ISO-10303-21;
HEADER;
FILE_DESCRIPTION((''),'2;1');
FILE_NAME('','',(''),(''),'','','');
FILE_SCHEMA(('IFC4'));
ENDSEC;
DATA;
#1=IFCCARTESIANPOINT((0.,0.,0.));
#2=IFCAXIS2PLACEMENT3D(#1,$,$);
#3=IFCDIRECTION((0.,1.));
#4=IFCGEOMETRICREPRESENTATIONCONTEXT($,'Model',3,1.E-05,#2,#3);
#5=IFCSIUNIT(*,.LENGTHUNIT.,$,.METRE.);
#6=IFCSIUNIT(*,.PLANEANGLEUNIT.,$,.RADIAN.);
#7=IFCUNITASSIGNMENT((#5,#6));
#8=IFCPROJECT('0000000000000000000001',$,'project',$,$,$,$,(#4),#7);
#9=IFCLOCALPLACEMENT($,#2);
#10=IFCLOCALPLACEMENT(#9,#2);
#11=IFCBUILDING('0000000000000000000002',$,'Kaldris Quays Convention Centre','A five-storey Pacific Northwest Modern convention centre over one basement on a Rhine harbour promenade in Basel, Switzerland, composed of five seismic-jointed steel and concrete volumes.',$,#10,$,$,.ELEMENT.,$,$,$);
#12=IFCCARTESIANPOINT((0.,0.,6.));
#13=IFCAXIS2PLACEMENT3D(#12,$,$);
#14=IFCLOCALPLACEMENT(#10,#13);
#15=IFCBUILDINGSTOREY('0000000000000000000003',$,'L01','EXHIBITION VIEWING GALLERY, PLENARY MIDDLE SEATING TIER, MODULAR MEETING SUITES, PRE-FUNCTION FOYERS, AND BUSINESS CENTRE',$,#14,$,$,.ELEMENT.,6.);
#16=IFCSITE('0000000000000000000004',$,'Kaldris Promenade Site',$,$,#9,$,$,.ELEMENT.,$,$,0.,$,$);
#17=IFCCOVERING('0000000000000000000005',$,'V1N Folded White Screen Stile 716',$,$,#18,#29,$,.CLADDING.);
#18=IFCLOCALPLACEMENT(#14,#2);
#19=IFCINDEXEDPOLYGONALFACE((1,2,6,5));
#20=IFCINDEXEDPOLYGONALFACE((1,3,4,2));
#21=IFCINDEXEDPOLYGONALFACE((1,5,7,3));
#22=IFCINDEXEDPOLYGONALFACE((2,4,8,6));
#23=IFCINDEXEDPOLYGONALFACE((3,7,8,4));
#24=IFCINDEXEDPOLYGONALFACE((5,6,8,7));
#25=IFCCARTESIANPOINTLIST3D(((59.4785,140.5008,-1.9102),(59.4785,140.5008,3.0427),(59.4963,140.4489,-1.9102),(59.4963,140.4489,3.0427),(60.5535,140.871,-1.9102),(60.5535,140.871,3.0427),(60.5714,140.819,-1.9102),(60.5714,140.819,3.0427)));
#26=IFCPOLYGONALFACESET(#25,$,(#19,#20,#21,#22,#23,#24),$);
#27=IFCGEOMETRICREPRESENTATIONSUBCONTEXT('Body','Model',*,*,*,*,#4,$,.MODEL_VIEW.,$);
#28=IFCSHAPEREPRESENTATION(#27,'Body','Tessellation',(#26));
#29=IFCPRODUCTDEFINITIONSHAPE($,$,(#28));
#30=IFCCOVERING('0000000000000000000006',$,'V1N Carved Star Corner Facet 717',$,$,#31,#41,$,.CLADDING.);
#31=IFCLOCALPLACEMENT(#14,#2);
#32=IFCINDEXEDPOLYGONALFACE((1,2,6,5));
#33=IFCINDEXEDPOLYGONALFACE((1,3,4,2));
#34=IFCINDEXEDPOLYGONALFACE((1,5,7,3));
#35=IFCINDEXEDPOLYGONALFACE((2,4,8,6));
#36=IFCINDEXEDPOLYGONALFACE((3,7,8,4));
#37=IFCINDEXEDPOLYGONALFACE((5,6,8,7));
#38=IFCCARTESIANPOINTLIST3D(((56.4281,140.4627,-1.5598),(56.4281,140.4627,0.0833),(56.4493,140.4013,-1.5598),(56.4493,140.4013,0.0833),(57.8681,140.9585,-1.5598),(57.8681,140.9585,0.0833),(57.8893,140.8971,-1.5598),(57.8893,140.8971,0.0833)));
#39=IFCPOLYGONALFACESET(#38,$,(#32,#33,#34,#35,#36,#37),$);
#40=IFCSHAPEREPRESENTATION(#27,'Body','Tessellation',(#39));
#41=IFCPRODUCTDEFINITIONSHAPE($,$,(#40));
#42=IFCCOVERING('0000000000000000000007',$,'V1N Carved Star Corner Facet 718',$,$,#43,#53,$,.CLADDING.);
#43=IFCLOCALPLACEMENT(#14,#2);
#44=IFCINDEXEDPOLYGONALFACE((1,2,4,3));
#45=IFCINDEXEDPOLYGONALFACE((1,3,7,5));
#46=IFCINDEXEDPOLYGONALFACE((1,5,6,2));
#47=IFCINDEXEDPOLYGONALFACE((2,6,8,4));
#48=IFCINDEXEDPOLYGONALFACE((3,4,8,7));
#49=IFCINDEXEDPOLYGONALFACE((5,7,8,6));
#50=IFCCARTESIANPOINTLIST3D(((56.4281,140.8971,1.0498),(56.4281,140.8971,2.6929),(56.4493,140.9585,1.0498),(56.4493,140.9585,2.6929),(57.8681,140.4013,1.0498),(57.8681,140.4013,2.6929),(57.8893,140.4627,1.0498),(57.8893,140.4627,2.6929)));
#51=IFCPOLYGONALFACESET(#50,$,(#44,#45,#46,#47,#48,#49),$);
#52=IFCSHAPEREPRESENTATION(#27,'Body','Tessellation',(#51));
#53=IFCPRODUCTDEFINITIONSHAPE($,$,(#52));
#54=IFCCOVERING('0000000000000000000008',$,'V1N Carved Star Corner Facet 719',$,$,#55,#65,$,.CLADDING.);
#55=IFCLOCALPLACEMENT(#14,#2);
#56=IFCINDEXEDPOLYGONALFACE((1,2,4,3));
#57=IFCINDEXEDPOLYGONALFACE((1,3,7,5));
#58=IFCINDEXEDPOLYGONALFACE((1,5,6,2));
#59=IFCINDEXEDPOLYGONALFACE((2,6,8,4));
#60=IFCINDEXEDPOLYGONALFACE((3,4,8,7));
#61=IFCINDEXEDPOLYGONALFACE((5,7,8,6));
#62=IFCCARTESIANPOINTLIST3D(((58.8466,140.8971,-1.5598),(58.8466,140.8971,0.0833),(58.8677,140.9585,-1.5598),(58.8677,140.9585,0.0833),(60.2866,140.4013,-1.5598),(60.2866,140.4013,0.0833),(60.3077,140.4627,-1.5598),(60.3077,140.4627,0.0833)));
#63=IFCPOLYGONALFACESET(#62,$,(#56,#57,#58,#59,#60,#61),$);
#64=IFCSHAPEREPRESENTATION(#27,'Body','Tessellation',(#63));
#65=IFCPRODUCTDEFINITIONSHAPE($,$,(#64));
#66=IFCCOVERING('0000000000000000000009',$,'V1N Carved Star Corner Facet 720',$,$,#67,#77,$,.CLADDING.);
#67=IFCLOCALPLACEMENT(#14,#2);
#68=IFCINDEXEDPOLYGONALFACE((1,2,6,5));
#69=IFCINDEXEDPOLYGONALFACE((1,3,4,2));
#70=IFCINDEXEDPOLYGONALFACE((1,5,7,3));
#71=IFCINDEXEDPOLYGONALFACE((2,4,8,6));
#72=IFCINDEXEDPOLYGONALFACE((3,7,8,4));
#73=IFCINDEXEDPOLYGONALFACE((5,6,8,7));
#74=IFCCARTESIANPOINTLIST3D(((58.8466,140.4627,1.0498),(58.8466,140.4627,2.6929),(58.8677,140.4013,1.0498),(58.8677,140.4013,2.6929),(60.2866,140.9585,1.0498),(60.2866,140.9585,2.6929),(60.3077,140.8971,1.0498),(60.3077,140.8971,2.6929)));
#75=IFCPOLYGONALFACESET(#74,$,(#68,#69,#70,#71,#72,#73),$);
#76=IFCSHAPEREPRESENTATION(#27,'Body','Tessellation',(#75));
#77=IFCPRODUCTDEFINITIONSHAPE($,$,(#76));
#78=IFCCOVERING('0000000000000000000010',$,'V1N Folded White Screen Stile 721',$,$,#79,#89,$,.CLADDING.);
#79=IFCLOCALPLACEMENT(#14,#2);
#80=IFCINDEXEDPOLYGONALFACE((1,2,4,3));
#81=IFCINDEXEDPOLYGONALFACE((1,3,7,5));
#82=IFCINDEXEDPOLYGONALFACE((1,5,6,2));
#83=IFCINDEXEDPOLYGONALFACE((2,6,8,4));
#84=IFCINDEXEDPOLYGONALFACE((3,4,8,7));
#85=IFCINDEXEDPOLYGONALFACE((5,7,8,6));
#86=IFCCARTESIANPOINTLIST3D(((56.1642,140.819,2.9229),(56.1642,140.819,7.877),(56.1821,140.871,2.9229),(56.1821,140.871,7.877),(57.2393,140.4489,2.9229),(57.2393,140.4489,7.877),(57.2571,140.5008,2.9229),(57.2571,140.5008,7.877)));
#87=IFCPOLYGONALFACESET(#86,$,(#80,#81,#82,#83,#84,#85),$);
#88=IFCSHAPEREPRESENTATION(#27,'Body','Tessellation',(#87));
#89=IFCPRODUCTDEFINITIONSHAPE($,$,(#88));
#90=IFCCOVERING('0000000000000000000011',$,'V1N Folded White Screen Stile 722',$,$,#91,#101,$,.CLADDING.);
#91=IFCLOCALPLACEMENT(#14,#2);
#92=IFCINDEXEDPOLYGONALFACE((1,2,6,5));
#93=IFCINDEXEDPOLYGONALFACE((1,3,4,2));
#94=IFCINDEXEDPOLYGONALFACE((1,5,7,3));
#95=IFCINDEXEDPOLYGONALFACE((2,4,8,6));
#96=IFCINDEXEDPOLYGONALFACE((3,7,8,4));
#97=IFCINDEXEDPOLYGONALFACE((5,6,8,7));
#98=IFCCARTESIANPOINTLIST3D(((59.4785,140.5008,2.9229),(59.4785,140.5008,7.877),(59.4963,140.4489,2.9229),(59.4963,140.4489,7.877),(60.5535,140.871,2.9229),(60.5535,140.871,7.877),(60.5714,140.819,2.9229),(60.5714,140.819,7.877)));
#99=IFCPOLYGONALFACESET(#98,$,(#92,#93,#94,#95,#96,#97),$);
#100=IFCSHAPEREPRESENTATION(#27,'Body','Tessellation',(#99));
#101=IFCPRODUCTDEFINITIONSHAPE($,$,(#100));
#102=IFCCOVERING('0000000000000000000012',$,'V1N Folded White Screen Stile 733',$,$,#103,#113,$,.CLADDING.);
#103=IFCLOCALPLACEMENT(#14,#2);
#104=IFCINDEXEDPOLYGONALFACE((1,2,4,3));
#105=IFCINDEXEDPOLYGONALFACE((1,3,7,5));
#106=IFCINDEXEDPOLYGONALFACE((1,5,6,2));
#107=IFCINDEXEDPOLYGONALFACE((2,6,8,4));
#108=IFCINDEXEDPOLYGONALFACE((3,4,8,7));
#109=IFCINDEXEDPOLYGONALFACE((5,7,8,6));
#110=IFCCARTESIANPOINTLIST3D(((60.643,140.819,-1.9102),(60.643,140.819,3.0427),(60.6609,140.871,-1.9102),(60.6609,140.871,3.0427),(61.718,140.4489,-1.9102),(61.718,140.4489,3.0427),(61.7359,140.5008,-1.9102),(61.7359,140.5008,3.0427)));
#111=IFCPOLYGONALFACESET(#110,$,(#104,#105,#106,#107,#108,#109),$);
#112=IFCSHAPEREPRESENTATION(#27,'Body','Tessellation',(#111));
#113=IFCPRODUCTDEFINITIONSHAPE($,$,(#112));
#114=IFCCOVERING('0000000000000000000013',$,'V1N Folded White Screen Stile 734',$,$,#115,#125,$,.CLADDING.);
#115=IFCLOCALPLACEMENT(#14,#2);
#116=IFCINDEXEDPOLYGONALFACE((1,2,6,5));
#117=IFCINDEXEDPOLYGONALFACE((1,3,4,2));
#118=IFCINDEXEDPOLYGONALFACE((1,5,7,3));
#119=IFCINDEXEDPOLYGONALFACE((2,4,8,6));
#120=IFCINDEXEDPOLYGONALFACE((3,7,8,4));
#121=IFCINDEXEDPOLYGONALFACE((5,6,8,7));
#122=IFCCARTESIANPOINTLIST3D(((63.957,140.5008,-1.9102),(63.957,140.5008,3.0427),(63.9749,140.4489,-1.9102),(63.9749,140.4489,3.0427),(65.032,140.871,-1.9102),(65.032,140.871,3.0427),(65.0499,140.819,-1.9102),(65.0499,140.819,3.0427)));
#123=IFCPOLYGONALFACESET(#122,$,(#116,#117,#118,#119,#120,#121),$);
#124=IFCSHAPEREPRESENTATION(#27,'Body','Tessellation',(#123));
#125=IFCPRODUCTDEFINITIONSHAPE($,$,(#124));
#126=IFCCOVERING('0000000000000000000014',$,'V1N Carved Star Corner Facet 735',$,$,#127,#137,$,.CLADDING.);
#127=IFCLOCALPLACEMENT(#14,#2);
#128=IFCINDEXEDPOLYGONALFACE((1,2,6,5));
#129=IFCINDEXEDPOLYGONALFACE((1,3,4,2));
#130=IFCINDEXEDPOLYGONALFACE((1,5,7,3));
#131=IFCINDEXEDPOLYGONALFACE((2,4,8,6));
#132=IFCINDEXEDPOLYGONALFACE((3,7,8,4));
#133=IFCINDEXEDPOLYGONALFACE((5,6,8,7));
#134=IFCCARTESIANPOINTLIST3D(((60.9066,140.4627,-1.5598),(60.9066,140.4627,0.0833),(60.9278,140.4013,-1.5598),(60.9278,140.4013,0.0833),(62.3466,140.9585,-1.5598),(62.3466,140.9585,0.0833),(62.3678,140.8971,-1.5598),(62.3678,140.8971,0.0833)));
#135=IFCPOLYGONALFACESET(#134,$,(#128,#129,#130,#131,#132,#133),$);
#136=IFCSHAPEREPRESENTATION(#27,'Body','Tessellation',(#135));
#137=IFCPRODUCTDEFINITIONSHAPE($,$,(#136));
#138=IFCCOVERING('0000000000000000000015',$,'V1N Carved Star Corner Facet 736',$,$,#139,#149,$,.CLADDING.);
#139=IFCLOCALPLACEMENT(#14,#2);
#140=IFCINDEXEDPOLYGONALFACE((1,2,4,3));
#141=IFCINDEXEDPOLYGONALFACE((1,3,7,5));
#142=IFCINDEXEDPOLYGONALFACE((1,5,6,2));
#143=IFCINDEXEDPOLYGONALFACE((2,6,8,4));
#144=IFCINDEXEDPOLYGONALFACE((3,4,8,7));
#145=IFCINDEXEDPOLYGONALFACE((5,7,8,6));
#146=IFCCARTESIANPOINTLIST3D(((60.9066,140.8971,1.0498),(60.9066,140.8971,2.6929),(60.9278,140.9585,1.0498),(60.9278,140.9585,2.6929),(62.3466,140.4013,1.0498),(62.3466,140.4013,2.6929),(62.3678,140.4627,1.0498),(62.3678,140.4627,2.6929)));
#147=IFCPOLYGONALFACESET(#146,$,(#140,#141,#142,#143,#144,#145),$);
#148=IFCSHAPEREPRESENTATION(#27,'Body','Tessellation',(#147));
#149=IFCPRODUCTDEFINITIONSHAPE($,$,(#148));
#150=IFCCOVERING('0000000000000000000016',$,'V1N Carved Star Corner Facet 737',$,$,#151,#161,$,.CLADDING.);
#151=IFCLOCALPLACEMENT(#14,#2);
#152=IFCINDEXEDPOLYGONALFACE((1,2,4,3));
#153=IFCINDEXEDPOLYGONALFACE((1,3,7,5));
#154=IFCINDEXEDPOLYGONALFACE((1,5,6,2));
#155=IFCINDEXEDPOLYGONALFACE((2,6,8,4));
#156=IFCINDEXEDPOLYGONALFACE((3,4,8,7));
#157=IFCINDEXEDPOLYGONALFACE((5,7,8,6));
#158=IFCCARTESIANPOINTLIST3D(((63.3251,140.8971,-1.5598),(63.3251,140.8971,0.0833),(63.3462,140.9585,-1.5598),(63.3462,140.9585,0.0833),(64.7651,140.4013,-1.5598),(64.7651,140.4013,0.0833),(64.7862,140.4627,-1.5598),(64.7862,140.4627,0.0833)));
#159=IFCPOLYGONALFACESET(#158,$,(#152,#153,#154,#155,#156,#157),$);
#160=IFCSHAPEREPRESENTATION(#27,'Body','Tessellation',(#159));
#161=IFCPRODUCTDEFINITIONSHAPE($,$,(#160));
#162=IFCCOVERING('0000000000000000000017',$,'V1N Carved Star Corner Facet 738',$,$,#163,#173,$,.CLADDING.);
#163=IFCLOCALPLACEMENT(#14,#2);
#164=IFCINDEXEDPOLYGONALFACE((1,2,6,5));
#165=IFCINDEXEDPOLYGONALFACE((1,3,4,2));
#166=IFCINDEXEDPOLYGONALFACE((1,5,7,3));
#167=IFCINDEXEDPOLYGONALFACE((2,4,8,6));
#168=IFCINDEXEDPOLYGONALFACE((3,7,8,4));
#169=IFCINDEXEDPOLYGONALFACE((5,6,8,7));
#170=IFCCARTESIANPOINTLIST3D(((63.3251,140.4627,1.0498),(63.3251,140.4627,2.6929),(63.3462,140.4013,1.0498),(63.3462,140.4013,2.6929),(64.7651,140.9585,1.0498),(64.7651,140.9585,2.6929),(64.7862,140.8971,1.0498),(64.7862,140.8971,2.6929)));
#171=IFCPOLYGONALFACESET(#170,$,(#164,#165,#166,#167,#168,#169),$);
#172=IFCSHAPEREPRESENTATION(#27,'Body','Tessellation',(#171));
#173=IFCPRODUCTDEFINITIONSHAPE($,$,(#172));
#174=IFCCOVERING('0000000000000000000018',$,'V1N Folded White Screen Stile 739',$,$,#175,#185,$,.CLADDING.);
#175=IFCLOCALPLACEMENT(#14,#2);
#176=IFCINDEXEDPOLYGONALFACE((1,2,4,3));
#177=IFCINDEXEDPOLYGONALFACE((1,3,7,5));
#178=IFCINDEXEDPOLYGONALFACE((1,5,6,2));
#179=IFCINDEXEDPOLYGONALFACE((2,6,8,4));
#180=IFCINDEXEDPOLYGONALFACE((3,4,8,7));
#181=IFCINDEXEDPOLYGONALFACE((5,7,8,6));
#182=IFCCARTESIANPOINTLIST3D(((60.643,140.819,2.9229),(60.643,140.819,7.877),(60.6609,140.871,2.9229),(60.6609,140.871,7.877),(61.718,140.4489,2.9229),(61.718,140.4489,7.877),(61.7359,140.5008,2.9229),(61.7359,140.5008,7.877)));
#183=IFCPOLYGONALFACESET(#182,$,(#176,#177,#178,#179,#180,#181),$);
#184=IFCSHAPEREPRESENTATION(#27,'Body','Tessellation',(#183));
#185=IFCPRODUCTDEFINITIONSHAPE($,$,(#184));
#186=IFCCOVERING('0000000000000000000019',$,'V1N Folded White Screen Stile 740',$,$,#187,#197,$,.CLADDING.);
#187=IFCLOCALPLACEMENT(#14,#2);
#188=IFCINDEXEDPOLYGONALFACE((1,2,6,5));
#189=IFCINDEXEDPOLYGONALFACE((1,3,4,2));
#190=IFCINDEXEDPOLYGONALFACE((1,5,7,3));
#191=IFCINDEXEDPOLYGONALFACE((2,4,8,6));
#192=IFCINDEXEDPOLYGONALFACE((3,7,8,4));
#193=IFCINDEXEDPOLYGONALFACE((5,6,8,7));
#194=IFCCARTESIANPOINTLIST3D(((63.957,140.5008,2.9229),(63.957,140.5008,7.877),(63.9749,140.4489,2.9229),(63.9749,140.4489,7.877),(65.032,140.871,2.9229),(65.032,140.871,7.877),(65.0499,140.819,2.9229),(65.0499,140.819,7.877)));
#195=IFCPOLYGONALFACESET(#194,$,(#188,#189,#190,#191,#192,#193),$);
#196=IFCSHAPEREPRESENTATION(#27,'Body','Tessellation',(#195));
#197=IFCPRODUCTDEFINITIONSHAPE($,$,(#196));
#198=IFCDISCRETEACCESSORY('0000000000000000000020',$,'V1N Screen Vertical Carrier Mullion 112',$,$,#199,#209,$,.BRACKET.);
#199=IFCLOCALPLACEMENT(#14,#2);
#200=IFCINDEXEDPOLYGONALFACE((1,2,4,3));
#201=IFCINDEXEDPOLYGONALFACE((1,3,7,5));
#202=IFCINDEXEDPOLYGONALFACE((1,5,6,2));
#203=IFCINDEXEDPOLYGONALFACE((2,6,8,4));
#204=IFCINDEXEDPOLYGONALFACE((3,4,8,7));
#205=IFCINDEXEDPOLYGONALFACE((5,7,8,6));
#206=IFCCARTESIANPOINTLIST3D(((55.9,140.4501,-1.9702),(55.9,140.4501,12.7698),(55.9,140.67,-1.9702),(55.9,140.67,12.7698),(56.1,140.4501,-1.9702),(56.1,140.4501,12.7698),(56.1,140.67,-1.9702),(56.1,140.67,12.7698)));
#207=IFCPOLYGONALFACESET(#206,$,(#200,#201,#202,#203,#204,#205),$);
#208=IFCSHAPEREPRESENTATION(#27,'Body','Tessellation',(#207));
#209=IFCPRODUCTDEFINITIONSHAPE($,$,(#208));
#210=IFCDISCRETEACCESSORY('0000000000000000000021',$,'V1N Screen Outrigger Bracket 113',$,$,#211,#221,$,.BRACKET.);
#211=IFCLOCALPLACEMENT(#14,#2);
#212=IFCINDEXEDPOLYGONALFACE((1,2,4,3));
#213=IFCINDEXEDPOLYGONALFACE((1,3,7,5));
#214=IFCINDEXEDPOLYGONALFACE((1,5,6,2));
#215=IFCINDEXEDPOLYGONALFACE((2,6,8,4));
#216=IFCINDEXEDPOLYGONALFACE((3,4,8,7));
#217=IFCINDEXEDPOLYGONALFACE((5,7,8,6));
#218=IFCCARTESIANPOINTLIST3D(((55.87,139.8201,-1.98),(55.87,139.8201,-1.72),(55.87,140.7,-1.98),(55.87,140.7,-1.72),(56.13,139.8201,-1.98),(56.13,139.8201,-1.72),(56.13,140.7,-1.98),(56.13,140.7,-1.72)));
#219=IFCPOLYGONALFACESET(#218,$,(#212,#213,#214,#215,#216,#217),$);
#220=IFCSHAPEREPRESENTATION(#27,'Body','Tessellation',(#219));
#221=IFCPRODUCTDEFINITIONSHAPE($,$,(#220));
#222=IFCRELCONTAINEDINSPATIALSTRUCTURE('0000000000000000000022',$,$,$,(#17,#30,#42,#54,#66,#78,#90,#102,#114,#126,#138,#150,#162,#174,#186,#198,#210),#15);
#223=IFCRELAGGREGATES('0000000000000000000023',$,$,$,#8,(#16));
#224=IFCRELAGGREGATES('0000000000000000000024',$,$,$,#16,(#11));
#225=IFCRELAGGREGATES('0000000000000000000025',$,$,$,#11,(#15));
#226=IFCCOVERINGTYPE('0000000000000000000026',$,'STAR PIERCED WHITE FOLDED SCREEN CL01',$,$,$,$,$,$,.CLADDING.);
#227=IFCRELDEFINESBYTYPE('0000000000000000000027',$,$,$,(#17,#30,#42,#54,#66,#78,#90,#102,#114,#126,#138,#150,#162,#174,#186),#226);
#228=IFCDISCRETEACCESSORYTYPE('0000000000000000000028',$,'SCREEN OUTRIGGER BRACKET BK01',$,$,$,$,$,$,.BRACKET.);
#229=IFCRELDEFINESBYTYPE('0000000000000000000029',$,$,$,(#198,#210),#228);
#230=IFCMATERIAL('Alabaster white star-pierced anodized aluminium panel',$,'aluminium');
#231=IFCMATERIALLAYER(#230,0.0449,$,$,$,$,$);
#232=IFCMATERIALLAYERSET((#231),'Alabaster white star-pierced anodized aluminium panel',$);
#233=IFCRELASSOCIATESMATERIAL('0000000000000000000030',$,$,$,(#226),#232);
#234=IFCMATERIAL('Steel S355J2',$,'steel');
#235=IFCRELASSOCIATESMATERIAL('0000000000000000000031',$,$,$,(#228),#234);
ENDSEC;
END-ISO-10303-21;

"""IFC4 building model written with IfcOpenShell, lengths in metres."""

from ifc_helpers import new_model, si_unit, direction, frame, origin, origin_2d, place, context, subcontext, project, spatial, rectangle, extrude, material, layer, layer_set, type_object, element, save


model = new_model("IFC4")

# Units and contexts
model_context = context("Model", 3, precision=1e-05, world=origin(), true_north=direction((0.0, 1.0)))
body_context = subcontext(model_context, "Body", "Model", "MODEL_VIEW")
ifc_project = project(units=[si_unit("LENGTHUNIT", "METRE"), si_unit("PLANEANGLEUNIT", "RADIAN")], contexts=[model_context])

# Site, building, storey
site_placement = place(None, origin())
site = spatial("IfcSite", under=ifc_project, at=site_placement, Name="Kaldris Promenade Site", CompositionType="ELEMENT", RefElevation=0.0)
building_placement = place(site_placement, origin())
building = spatial("IfcBuilding", under=site, at=building_placement, Name="Kaldris Quays Convention Centre", Description="A five-storey Pacific Northwest Modern convention centre over one basement on a Rhine harbour promenade in Basel, Switzerland, composed of five seismic-jointed steel and concrete volumes.", CompositionType="ELEMENT")
storey_placement = place(building_placement, frame((0.0, 0.0, 6.0)))
storey = spatial("IfcBuildingStorey", under=building, at=storey_placement, Name="L01", Description="EXHIBITION VIEWING GALLERY, PLENARY MIDDLE SEATING TIER, MODULAR MEETING SUITES, PRE-FUNCTION FOYERS, AND BUSINESS CENTRE", CompositionType="ELEMENT", Elevation=6.0)

# Shared definitions
ifc_material_1 = material(Name="Steel S355J2", Category="steel")

# Coverings
ifc_material_2 = material(Name="Alabaster white star-pierced anodized aluminium panel", Category="aluminium")
ifc_layer_1 = layer(ifc_material_2, 0.0449)
ifc_layer_set_1 = layer_set([ifc_layer_1], Name="Alabaster white star-pierced anodized aluminium panel")
covering_type = type_object("IfcCoveringType", Name="STAR PIERCED WHITE FOLDED SCREEN CL01", PredefinedType="CLADDING", material=ifc_layer_set_1)
for number, where, z_axis, x_axis, name in (
    (1, (60.0249, 140.6599, -1.9102), (0.0, 0.0, 1.0), (0.945519, 0.325568, 0.0), "V1N Folded White Screen Stile 716"),
):
    element("IfcCovering", number, at=place(storey_placement, frame(where, z_axis=z_axis, x_axis=x_axis)), inside=storey, type_object=covering_type, Name=name, PredefinedType="CLADDING", context=body_context, shape_type="SweptSolid", body=[
        extrude(rectangle(XDim=1.137, YDim=0.0549, at=origin_2d()), origin(), (0.0, 0.0, 1.0), 4.9529),
    ])
for number, where, z_axis, x_axis, name in (
    (2, (57.1587, 140.6799, -1.5598), (0.0, 0.0, 1.0), (0.945519, 0.325568, 0.0), "V1N Carved Star Corner Facet 717"),
    (3, (57.1587, 140.6799, 1.0498), (0.0, 0.0, 1.0), (0.945519, -0.325568, 0.0), "V1N Carved Star Corner Facet 718"),
    (4, (59.5771, 140.6799, -1.5598), (0.0, 0.0, 1.0), (0.945519, -0.325568, 0.0), "V1N Carved Star Corner Facet 719"),
    (5, (59.5771, 140.6799, 1.0498), (0.0, 0.0, 1.0), (0.945519, 0.325568, 0.0), "V1N Carved Star Corner Facet 720"),
):
    element("IfcCovering", number, at=place(storey_placement, frame(where, z_axis=z_axis, x_axis=x_axis)), inside=storey, type_object=covering_type, Name=name, PredefinedType="CLADDING", context=body_context, shape_type="SweptSolid", body=[
        extrude(rectangle(XDim=1.5229, YDim=0.0649, at=origin_2d()), origin(), (0.0, 0.0, 1.0), 1.6431),
    ])
for number, where, z_axis, x_axis, name in (
    (6, (56.7107, 140.6599, 2.9229), (0.0, 0.0, 1.0), (0.945519, -0.325568, 0.0), "V1N Folded White Screen Stile 721"),
    (7, (60.0249, 140.6599, 2.9229), (0.0, 0.0, 1.0), (0.945519, 0.325568, 0.0), "V1N Folded White Screen Stile 722"),
):
    element("IfcCovering", number, at=place(storey_placement, frame(where, z_axis=z_axis, x_axis=x_axis)), inside=storey, type_object=covering_type, Name=name, PredefinedType="CLADDING", context=body_context, shape_type="SweptSolid", body=[
        extrude(rectangle(XDim=1.137, YDim=0.0549, at=origin_2d()), origin(), (0.0, 0.0, 1.0), 4.9541),
    ])
for number, where, z_axis, x_axis, name in (
    (8, (61.1895, 140.6599, -1.9102), (0.0, 0.0, 1.0), (0.945519, -0.325568, 0.0), "V1N Folded White Screen Stile 733"),
    (9, (64.5034, 140.6599, -1.9102), (0.0, 0.0, 1.0), (0.945519, 0.325568, 0.0), "V1N Folded White Screen Stile 734"),
):
    element("IfcCovering", number, at=place(storey_placement, frame(where, z_axis=z_axis, x_axis=x_axis)), inside=storey, type_object=covering_type, Name=name, PredefinedType="CLADDING", context=body_context, shape_type="SweptSolid", body=[
        extrude(rectangle(XDim=1.137, YDim=0.0549, at=origin_2d()), origin(), (0.0, 0.0, 1.0), 4.9529),
    ])
for number, where, z_axis, x_axis, name in (
    (10, (61.6372, 140.6799, -1.5598), (0.0, 0.0, 1.0), (0.945519, 0.325568, 0.0), "V1N Carved Star Corner Facet 735"),
    (11, (61.6372, 140.6799, 1.0498), (0.0, 0.0, 1.0), (0.945519, -0.325568, 0.0), "V1N Carved Star Corner Facet 736"),
    (12, (64.0557, 140.6799, -1.5598), (0.0, 0.0, 1.0), (0.945519, -0.325568, 0.0), "V1N Carved Star Corner Facet 737"),
    (13, (64.0557, 140.6799, 1.0498), (0.0, 0.0, 1.0), (0.945519, 0.325568, 0.0), "V1N Carved Star Corner Facet 738"),
):
    element("IfcCovering", number, at=place(storey_placement, frame(where, z_axis=z_axis, x_axis=x_axis)), inside=storey, type_object=covering_type, Name=name, PredefinedType="CLADDING", context=body_context, shape_type="SweptSolid", body=[
        extrude(rectangle(XDim=1.5229, YDim=0.0649, at=origin_2d()), origin(), (0.0, 0.0, 1.0), 1.6431),
    ])
for number, where, z_axis, x_axis, name in (
    (14, (61.1895, 140.6599, 2.9229), (0.0, 0.0, 1.0), (0.945519, -0.325568, 0.0), "V1N Folded White Screen Stile 739"),
    (15, (64.5034, 140.6599, 2.9229), (0.0, 0.0, 1.0), (0.945519, 0.325568, 0.0), "V1N Folded White Screen Stile 740"),
):
    element("IfcCovering", number, at=place(storey_placement, frame(where, z_axis=z_axis, x_axis=x_axis)), inside=storey, type_object=covering_type, Name=name, PredefinedType="CLADDING", context=body_context, shape_type="SweptSolid", body=[
        extrude(rectangle(XDim=1.137, YDim=0.0549, at=origin_2d()), origin(), (0.0, 0.0, 1.0), 4.9541),
    ])

# Discrete accessories
discrete_accessory_type = type_object("IfcDiscreteAccessoryType", Name="SCREEN OUTRIGGER BRACKET BK01", PredefinedType="BRACKET", material=ifc_material_1)
discrete_accessory_placement = place(storey_placement, frame((56.0, 140.5601, -1.9702), z_axis=(0.0, 0.0, 1.0), x_axis=(1.0, 0.0, 0.0)))
element("IfcDiscreteAccessory", 16, at=discrete_accessory_placement, inside=storey, type_object=discrete_accessory_type, Name="V1N Screen Vertical Carrier Mullion 112", PredefinedType="BRACKET", context=body_context, shape_type="SweptSolid", body=[
    extrude(rectangle(XDim=0.2, YDim=0.22, at=origin_2d()), origin(), (0.0, 0.0, 1.0), 14.74),
])
for number, where, z_axis, x_axis, name in (
    (17, (56.0, 140.26, -1.98), (0.0, 0.0, 1.0), (1.0, 0.0, 0.0), "V1N Screen Outrigger Bracket 113"),
):
    element("IfcDiscreteAccessory", number, at=place(storey_placement, frame(where, z_axis=z_axis, x_axis=x_axis)), inside=storey, type_object=discrete_accessory_type, Name=name, PredefinedType="BRACKET", context=body_context, shape_type="SweptSolid", body=[
        extrude(rectangle(XDim=0.26, YDim=0.8799, at=origin_2d()), origin(), (0.0, 0.0, 1.0), 0.26),
    ])

save(model, "model.ifc")
